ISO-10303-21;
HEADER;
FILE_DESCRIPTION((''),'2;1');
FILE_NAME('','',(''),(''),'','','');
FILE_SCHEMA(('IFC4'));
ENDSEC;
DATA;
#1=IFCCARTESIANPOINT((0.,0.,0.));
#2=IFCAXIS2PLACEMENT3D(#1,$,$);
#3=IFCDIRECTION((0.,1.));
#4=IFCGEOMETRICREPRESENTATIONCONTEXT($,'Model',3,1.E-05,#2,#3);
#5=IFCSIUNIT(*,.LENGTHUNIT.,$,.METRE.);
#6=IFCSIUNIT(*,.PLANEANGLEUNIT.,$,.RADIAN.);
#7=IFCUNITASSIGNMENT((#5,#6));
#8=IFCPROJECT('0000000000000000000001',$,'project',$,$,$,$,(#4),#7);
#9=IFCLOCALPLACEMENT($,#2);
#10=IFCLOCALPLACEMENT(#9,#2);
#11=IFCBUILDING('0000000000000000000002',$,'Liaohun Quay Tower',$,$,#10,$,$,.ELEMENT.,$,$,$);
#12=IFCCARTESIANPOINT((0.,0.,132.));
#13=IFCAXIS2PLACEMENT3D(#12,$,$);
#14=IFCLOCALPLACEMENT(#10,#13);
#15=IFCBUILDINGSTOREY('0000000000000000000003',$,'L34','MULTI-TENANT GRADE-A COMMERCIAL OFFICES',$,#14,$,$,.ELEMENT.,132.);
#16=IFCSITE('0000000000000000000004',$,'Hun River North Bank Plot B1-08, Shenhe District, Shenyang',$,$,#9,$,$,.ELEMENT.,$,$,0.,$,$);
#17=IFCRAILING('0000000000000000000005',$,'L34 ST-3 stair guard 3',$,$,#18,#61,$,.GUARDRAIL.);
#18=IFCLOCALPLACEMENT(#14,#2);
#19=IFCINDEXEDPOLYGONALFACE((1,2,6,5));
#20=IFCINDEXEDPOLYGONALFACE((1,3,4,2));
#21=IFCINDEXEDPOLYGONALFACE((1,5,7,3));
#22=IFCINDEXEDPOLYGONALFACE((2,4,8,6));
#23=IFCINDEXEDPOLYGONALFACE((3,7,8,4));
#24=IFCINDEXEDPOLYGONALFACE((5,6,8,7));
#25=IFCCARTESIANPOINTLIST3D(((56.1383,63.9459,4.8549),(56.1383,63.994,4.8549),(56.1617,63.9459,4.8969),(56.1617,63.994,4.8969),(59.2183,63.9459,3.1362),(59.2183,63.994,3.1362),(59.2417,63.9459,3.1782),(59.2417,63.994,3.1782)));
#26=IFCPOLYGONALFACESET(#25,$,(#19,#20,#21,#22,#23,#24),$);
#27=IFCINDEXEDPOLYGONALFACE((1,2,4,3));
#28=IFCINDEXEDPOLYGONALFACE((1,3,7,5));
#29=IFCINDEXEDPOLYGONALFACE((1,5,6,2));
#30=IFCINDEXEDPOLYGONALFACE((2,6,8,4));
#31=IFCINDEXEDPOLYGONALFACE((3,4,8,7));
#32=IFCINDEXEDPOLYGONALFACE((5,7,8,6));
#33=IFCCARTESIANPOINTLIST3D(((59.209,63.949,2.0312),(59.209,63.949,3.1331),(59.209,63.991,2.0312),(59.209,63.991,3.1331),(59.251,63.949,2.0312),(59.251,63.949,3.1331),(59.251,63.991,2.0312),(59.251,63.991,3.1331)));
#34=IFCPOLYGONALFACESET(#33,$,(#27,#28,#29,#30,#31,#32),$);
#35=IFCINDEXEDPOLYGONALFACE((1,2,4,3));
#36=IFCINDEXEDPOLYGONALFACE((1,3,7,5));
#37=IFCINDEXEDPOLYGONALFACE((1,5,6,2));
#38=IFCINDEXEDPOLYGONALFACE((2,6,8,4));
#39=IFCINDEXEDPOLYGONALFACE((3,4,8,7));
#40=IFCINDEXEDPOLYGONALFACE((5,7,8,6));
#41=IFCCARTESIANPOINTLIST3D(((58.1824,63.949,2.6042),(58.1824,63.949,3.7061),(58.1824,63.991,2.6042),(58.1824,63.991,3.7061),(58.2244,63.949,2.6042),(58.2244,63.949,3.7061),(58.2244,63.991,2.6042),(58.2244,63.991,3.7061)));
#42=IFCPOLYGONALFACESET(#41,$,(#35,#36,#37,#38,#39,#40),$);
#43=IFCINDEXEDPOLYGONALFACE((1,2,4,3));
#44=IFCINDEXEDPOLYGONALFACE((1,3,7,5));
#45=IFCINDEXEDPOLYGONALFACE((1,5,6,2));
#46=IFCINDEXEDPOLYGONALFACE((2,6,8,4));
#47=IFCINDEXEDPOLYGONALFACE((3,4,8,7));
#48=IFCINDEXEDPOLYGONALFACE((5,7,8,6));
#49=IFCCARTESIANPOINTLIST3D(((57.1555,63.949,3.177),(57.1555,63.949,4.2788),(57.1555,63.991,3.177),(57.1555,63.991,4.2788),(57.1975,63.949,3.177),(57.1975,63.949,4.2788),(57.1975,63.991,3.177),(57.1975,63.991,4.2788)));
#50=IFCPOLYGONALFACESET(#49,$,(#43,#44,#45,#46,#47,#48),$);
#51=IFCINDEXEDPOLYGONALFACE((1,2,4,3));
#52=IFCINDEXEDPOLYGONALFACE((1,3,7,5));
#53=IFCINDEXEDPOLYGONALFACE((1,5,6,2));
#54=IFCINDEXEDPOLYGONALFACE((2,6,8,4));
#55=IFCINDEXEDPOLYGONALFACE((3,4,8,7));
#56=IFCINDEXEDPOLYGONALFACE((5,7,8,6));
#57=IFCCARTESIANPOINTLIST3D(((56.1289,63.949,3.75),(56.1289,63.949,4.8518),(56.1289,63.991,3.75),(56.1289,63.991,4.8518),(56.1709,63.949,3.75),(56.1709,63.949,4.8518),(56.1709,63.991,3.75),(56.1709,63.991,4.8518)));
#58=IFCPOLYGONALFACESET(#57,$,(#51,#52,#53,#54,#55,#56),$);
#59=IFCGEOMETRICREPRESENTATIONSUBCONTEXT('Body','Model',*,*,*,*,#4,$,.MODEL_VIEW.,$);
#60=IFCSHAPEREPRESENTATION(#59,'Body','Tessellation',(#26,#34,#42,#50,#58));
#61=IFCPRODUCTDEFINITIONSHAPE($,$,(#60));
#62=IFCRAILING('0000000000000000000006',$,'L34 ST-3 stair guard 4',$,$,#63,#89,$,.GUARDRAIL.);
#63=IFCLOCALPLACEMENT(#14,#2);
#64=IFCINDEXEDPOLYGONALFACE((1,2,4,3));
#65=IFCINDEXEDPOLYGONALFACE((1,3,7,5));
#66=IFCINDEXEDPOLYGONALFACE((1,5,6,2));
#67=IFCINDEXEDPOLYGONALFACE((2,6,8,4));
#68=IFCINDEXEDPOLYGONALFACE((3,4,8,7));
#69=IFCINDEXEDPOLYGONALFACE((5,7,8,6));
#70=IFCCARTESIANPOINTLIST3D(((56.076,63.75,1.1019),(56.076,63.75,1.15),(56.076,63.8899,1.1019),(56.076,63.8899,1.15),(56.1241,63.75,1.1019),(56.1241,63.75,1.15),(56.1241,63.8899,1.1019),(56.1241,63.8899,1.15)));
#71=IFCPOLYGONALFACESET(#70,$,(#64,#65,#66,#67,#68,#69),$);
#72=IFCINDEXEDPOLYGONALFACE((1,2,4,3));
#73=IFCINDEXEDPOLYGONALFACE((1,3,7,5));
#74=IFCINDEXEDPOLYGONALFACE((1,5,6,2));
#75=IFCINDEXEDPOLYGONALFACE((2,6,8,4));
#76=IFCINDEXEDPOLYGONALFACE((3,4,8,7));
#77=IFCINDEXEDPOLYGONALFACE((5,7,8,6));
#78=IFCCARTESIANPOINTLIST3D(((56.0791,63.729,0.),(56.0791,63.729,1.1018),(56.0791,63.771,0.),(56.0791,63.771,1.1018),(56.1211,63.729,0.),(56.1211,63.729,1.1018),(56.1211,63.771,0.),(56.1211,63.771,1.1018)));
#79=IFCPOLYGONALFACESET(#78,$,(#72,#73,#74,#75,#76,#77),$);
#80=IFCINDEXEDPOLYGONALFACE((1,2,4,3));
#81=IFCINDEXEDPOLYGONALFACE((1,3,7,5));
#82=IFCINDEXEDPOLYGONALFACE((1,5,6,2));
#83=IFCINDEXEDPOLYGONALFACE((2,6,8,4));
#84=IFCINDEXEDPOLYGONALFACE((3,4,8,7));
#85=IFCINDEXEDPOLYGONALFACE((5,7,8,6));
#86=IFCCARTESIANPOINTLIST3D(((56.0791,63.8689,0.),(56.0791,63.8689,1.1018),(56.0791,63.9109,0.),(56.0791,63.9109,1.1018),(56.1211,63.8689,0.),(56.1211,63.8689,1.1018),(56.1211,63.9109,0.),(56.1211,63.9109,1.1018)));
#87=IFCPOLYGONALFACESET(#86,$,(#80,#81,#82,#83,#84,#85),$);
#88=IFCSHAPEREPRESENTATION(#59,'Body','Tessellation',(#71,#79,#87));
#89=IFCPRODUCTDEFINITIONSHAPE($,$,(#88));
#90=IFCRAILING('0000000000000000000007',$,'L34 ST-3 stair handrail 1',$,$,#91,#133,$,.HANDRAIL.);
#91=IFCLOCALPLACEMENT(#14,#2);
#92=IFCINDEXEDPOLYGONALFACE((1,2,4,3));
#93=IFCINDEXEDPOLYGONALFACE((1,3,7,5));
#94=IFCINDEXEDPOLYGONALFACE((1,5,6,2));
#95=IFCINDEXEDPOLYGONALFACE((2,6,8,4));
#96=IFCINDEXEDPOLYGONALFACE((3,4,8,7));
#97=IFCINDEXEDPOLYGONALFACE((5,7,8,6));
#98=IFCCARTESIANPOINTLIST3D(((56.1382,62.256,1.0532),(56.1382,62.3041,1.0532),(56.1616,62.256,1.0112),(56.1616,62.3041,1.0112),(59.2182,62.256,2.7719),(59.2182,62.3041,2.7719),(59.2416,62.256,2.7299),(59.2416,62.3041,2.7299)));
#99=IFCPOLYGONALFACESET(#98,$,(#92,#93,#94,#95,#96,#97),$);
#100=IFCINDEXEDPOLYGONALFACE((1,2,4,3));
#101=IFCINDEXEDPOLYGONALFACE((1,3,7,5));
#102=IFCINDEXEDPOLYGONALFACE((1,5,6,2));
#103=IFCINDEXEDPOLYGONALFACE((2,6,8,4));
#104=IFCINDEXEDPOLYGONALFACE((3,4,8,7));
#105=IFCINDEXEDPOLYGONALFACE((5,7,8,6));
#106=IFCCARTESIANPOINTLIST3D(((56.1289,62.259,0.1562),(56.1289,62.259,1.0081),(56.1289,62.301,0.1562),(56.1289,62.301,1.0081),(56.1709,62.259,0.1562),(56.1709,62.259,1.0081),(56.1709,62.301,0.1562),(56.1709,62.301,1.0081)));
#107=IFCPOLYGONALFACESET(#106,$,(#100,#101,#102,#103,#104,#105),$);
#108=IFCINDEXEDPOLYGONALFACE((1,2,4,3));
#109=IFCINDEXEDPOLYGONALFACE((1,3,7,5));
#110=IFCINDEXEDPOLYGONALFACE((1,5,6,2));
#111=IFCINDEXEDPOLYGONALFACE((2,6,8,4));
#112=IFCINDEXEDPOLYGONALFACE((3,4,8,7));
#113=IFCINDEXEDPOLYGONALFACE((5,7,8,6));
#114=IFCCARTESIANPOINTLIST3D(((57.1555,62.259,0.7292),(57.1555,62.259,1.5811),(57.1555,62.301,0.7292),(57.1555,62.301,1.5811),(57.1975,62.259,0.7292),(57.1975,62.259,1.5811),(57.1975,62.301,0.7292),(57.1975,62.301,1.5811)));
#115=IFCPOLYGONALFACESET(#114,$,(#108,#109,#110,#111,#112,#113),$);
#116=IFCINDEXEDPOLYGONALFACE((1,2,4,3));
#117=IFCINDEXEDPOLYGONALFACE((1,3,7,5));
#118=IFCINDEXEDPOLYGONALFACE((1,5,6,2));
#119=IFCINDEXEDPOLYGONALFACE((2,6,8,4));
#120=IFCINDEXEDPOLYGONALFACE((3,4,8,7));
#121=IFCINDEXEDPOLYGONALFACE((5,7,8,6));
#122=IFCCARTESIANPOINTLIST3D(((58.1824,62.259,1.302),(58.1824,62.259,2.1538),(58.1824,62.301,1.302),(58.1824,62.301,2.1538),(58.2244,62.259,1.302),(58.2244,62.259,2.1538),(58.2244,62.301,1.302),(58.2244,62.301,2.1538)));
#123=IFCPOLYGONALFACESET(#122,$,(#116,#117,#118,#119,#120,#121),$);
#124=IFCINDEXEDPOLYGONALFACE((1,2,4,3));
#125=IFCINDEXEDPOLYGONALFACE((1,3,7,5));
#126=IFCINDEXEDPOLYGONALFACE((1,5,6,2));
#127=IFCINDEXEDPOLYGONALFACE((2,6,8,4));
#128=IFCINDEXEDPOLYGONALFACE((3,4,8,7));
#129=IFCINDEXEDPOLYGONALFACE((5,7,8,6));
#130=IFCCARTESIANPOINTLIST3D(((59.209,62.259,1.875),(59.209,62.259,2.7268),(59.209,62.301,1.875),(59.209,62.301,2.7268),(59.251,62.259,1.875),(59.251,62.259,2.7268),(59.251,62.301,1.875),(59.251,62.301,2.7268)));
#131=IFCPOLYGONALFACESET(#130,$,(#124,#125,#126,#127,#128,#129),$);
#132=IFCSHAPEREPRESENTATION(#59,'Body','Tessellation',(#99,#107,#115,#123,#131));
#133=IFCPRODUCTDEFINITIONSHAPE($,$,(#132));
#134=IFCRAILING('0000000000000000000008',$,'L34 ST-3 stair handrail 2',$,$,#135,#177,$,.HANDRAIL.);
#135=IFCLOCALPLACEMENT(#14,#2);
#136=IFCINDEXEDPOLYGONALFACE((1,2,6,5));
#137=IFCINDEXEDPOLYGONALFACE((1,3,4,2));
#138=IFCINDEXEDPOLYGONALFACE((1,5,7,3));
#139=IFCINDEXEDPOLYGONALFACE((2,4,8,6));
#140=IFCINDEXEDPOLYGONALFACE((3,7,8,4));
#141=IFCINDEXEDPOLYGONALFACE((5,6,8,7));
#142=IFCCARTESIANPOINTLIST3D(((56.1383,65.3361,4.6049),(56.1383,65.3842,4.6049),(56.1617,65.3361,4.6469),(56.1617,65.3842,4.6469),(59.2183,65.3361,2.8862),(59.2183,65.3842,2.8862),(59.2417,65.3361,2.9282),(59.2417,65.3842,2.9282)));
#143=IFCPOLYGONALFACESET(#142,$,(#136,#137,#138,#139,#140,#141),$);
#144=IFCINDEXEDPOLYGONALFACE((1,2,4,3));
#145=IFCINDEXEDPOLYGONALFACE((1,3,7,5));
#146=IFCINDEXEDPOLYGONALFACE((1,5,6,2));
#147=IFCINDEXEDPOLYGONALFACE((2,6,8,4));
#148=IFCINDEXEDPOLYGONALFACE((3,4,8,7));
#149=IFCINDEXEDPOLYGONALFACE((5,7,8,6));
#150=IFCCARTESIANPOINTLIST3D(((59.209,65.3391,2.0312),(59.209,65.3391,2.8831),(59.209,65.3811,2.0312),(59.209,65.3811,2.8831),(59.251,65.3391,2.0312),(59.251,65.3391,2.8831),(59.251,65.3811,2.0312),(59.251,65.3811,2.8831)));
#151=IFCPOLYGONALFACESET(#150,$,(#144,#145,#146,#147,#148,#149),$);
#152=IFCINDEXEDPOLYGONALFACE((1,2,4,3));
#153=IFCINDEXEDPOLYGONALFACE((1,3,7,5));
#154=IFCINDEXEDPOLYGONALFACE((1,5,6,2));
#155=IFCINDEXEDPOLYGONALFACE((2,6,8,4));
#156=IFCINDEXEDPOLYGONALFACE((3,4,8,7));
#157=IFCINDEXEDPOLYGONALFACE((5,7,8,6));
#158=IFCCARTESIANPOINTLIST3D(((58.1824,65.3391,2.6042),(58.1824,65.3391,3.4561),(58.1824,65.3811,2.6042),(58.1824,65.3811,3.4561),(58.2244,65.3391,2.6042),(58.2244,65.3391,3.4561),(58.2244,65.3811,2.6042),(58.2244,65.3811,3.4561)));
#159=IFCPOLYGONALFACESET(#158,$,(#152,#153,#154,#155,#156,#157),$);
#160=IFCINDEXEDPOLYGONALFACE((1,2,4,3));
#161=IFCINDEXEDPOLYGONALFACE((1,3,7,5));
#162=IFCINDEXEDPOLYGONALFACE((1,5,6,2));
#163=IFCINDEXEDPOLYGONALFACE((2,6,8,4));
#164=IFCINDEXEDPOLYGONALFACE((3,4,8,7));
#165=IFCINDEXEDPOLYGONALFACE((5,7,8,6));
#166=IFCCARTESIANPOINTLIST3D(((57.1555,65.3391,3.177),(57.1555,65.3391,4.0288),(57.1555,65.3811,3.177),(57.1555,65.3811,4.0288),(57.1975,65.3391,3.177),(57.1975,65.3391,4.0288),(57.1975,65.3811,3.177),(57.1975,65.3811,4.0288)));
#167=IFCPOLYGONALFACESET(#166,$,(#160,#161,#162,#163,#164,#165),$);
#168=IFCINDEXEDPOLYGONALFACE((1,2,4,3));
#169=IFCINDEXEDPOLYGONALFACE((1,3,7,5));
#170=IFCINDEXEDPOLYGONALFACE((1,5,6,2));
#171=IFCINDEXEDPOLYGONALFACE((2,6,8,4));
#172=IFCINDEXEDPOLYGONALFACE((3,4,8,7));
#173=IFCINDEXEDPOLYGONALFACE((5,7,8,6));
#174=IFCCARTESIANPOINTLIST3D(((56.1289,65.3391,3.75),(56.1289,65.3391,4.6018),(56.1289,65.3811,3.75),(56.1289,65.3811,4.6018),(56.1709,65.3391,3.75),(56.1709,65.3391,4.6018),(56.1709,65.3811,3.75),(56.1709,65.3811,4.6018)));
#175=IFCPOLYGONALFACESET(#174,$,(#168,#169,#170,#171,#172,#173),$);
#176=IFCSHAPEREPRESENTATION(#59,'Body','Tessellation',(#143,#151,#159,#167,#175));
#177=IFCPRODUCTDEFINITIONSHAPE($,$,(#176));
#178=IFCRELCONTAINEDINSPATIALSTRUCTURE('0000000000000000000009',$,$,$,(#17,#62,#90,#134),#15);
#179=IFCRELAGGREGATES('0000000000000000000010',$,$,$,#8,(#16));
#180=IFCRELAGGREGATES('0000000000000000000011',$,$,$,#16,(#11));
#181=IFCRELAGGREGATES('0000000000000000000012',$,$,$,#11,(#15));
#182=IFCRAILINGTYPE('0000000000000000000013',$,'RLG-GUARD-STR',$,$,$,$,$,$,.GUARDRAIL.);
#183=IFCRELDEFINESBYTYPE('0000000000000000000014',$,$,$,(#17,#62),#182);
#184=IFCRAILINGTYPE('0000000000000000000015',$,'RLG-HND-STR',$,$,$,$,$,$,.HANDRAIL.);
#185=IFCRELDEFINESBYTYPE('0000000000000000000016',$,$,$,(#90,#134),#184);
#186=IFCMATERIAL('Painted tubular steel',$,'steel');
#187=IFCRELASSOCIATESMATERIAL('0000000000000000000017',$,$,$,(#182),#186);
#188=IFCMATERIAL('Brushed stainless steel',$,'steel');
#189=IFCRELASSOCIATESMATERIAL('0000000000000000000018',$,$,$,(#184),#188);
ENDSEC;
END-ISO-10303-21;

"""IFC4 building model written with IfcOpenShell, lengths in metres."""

from ifc_helpers import new_model, si_unit, direction, frame, origin, origin_2d, place, context, subcontext, project, spatial, rectangle, extrude, material, type_object, element, save


model = new_model("IFC4")

# Units and contexts
model_context = context("Model", 3, precision=1e-05, world=origin(), true_north=direction((0.0, 1.0)))
body_context = subcontext(model_context, "Body", "Model", "MODEL_VIEW")
ifc_project = project(units=[si_unit("LENGTHUNIT", "METRE"), si_unit("PLANEANGLEUNIT", "RADIAN")], contexts=[model_context])

# Site, building, storey
site_placement = place(None, origin())
site = spatial("IfcSite", under=ifc_project, at=site_placement, Name="Hun River North Bank Plot B1-08, Shenhe District, Shenyang", CompositionType="ELEMENT", RefElevation=0.0)
building_placement = place(site_placement, origin())
building = spatial("IfcBuilding", under=site, at=building_placement, Name="Liaohun Quay Tower", CompositionType="ELEMENT")
storey_placement = place(building_placement, frame((0.0, 0.0, 132.0)))
storey = spatial("IfcBuildingStorey", under=building, at=storey_placement, Name="L34", Description="MULTI-TENANT GRADE-A COMMERCIAL OFFICES", CompositionType="ELEMENT", Elevation=132.0)

# Railings
ifc_material_1 = material(Name="Painted tubular steel", Category="steel")
railing_type_1 = type_object("IfcRailingType", Name="RLG-GUARD-STR", PredefinedType="GUARDRAIL", material=ifc_material_1)
railing_1_placement = place(storey_placement, frame((59.23, 63.97, 2.0312)))
element("IfcRailing", 1, at=railing_1_placement, inside=storey, type_object=railing_type_1, Name="L34 ST-3 stair guard 3", PredefinedType="GUARDRAIL", context=body_context, shape_type="SweptSolid", body=[
    extrude(rectangle(XDim=0.0481, YDim=0.0481, at=origin_2d()), frame((0.0, 0.0, 1.126), z_axis=(-0.873242, 0.0, 0.487288), x_axis=(0.0, -1.0, 0.0)), (0.0, 0.0, 1.0), 3.5271),
    extrude(rectangle(XDim=0.042, YDim=0.042, at=origin_2d()), origin(), (0.0, 0.0, 1.0), 1.1018),
    extrude(rectangle(XDim=0.042, YDim=0.042, at=origin_2d()), frame((-1.0266, 0.0, 0.573)), (0.0, 0.0, 1.0), 1.1018),
    extrude(rectangle(XDim=0.042, YDim=0.042, at=origin_2d()), frame((-2.0535, 0.0, 1.1458)), (0.0, 0.0, 1.0), 1.1018),
    extrude(rectangle(XDim=0.042, YDim=0.042, at=origin_2d()), frame((-3.0801, 0.0, 1.7188)), (0.0, 0.0, 1.0), 1.1018),
])
railing_2_placement = place(storey_placement, frame((56.1001, 63.75, 0.0)))
element("IfcRailing", 2, at=railing_2_placement, inside=storey, type_object=railing_type_1, Name="L34 ST-3 stair guard 4", PredefinedType="GUARDRAIL", context=body_context, shape_type="SweptSolid", body=[
    extrude(rectangle(XDim=0.0481, YDim=0.0481, at=origin_2d()), frame((0.0, 0.0, 1.126), z_axis=(0.0, 1.0, 0.0), x_axis=(-1.0, 0.0, 0.0)), (0.0, 0.0, 1.0), 0.1399),
    extrude(rectangle(XDim=0.042, YDim=0.042, at=origin_2d()), origin(), (0.0, 0.0, 1.0), 1.1018),
    extrude(rectangle(XDim=0.042, YDim=0.042, at=origin_2d()), frame((0.0, 0.1399, 0.0)), (0.0, 0.0, 1.0), 1.1018),
])
ifc_material_2 = material(Name="Brushed stainless steel", Category="steel")
railing_type_2 = type_object("IfcRailingType", Name="RLG-HND-STR", PredefinedType="HANDRAIL", material=ifc_material_2)
railing_3_placement = place(storey_placement, frame((56.1499, 62.28, 0.1562)))
element("IfcRailing", 3, at=railing_3_placement, inside=storey, type_object=railing_type_2, Name="L34 ST-3 stair handrail 1", PredefinedType="HANDRAIL", context=body_context, shape_type="SweptSolid", body=[
    extrude(rectangle(XDim=0.0481, YDim=0.0481, at=origin_2d()), frame((0.0, 0.0, 0.876), z_axis=(0.873242, 0.0, 0.487288), x_axis=(0.0, 1.0, 0.0)), (0.0, 0.0, 1.0), 3.5271),
    extrude(rectangle(XDim=0.042, YDim=0.042, at=origin_2d()), origin(), (0.0, 0.0, 1.0), 0.8518),
    extrude(rectangle(XDim=0.042, YDim=0.042, at=origin_2d()), frame((1.0266, 0.0, 0.573)), (0.0, 0.0, 1.0), 0.8518),
    extrude(rectangle(XDim=0.042, YDim=0.042, at=origin_2d()), frame((2.0535, 0.0, 1.1458)), (0.0, 0.0, 1.0), 0.8518),
    extrude(rectangle(XDim=0.042, YDim=0.042, at=origin_2d()), frame((3.0801, 0.0, 1.7188)), (0.0, 0.0, 1.0), 0.8518),
])
railing_4_placement = place(storey_placement, frame((59.23, 65.3601, 2.0312)))
element("IfcRailing", 4, at=railing_4_placement, inside=storey, type_object=railing_type_2, Name="L34 ST-3 stair handrail 2", PredefinedType="HANDRAIL", context=body_context, shape_type="SweptSolid", body=[
    extrude(rectangle(XDim=0.0481, YDim=0.0481, at=origin_2d()), frame((0.0, 0.0, 0.876), z_axis=(-0.873242, 0.0, 0.487288), x_axis=(0.0, -1.0, 0.0)), (0.0, 0.0, 1.0), 3.5271),
    extrude(rectangle(XDim=0.042, YDim=0.042, at=origin_2d()), origin(), (0.0, 0.0, 1.0), 0.8518),
    extrude(rectangle(XDim=0.042, YDim=0.042, at=origin_2d()), frame((-1.0266, 0.0, 0.573)), (0.0, 0.0, 1.0), 0.8518),
    extrude(rectangle(XDim=0.042, YDim=0.042, at=origin_2d()), frame((-2.0535, 0.0, 1.1458)), (0.0, 0.0, 1.0), 0.8518),
    extrude(rectangle(XDim=0.042, YDim=0.042, at=origin_2d()), frame((-3.0801, 0.0, 1.7188)), (0.0, 0.0, 1.0), 0.8518),
])

save(model, "model.ifc")
